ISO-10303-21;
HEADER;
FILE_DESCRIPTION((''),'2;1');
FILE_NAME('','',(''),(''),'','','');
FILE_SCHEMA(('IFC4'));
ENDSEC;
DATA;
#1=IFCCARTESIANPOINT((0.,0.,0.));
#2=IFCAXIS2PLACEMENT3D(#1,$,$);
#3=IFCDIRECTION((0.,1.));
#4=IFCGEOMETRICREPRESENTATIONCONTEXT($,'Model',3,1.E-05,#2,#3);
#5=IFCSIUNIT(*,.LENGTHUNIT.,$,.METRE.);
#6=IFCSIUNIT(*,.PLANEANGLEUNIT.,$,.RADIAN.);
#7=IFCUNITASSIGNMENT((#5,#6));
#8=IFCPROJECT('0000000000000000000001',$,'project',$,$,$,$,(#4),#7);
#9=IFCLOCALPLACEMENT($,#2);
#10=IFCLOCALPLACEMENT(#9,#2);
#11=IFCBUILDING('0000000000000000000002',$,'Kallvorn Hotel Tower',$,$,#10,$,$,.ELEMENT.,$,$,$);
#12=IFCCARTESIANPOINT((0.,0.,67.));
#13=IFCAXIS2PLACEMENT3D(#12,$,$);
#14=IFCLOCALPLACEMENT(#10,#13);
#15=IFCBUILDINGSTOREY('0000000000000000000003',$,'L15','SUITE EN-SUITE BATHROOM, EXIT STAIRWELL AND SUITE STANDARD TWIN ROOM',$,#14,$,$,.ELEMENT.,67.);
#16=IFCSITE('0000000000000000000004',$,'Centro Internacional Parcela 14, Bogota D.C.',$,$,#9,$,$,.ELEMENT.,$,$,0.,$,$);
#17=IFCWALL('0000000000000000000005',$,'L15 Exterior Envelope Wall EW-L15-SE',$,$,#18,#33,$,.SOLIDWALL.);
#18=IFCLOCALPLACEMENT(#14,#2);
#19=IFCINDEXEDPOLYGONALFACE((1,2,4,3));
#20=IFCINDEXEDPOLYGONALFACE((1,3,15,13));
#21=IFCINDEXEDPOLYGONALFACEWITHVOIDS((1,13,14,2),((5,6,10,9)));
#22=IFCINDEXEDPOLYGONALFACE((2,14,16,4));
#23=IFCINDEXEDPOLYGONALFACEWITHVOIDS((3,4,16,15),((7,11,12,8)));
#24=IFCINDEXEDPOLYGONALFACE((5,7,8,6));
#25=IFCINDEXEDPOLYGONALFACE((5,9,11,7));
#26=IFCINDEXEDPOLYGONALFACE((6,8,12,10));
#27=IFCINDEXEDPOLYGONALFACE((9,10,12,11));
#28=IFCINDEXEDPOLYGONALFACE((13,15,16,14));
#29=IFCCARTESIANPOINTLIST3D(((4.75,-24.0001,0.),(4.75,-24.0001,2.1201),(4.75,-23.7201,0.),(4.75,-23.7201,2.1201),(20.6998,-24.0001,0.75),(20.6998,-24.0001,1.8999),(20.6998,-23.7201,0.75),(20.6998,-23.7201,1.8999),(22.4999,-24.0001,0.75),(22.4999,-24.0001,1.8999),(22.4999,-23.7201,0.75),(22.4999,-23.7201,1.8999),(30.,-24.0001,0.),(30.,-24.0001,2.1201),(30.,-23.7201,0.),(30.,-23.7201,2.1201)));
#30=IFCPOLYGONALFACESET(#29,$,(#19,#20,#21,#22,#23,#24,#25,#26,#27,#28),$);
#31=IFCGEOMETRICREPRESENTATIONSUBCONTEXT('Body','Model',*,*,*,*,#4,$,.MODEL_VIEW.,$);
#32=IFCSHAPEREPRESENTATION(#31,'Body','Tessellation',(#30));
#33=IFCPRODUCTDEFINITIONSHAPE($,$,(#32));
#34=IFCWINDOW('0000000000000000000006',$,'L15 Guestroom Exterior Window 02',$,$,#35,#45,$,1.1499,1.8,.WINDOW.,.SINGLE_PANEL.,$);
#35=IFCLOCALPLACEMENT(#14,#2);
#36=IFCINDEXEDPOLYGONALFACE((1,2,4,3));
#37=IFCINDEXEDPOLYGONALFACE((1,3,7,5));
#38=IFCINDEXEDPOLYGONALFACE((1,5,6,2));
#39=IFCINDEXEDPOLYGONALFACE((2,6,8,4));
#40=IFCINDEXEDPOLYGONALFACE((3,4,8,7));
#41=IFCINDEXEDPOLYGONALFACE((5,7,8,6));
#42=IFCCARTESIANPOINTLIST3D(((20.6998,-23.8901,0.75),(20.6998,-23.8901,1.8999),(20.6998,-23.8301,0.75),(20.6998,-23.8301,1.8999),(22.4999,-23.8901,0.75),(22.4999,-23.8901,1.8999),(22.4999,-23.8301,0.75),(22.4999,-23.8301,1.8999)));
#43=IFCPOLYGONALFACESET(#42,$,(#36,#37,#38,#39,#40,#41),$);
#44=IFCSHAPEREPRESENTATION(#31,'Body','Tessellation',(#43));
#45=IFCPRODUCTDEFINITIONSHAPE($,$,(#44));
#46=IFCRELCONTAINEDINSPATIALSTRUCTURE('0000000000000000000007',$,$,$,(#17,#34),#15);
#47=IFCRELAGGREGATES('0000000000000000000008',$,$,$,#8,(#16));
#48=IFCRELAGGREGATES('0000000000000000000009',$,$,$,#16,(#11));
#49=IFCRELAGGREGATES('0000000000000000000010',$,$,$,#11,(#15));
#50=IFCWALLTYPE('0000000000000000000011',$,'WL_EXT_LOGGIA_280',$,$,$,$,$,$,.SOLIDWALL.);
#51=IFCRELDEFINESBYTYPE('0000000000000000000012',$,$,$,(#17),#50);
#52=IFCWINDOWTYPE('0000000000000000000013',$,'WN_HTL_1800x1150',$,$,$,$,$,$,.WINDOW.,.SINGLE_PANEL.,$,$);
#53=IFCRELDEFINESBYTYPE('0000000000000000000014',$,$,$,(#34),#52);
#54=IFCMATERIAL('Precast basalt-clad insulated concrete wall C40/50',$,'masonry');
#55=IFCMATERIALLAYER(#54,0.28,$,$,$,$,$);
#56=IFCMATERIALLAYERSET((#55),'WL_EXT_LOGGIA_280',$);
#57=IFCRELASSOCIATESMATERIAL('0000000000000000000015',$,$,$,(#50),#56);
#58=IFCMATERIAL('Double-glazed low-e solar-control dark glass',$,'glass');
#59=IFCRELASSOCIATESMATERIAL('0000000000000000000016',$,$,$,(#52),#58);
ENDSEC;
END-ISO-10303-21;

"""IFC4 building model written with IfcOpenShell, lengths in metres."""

from ifc_helpers import new_model, si_unit, direction, frame, frame_2d, origin, place, context, subcontext, project, spatial, rectangle, extrude, material, layer, layer_set, type_object, element, fill, save


model = new_model("IFC4")

# Units and contexts
model_context = context("Model", 3, precision=1e-05, world=origin(), true_north=direction((0.0, 1.0)))
body_context = subcontext(model_context, "Body", "Model", "MODEL_VIEW")
ifc_project = project(units=[si_unit("LENGTHUNIT", "METRE"), si_unit("PLANEANGLEUNIT", "RADIAN")], contexts=[model_context])

# Site, building, storey
site_placement = place(None, origin())
site = spatial("IfcSite", under=ifc_project, at=site_placement, Name="Centro Internacional Parcela 14, Bogota D.C.", CompositionType="ELEMENT", RefElevation=0.0)
building_placement = place(site_placement, origin())
building = spatial("IfcBuilding", under=site, at=building_placement, Name="Kallvorn Hotel Tower", CompositionType="ELEMENT")
storey_placement = place(building_placement, frame((0.0, 0.0, 67.0)))
storey = spatial("IfcBuildingStorey", under=building, at=storey_placement, Name="L15", Description="SUITE EN-SUITE BATHROOM, EXIT STAIRWELL AND SUITE STANDARD TWIN ROOM", CompositionType="ELEMENT", Elevation=67.0)

# Wall, opening, window
ifc_material_1 = material(Name="Precast basalt-clad insulated concrete wall C40/50", Category="masonry")
ifc_layer_1 = layer(ifc_material_1, 0.28)
ifc_layer_set_1 = layer_set([ifc_layer_1], Name="WL_EXT_LOGGIA_280")
wall_type_1 = type_object("IfcWallType", Name="WL_EXT_LOGGIA_280", PredefinedType="SOLIDWALL", material=ifc_layer_set_1)
wall_1_placement = place(storey_placement, frame((4.75, -23.8601, 0.0), z_axis=(0.0, 0.0, 1.0), x_axis=(1.0, 0.0, 0.0)))
wall_1 = element("IfcWall", 1, at=wall_1_placement, inside=storey, type_object=wall_type_1, Name="L15 Exterior Envelope Wall EW-L15-SE", PredefinedType="SOLIDWALL", context=body_context, shape_type="SweptSolid", body=[
    extrude(rectangle(XDim=25.25, YDim=0.28, at=frame_2d((12.625, 0.0))), origin(), (0.0, 0.0, 1.0), 2.1201),
])
opening_placement = place(wall_1_placement, frame((15.95, 0.0, 0.75)))
opening = element("IfcOpeningElement", 2, at=opening_placement, cuts=wall_1, PredefinedType="OPENING", context=body_context, shape_type="SweptSolid", body=[
    extrude(rectangle(XDim=1.8, YDim=1.1499, at=frame_2d((0.8999, 0.575))), frame((0.0, 0.155, 0.0), z_axis=(0.0, -1.0, 0.0), x_axis=(1.0, 0.0, 0.0)), (0.0, 0.0, 1.0), 0.3101),
])
ifc_material_2 = material(Name="Double-glazed low-e solar-control dark glass", Category="glass")
window_type = type_object("IfcWindowType", Name="WN_HTL_1800x1150", PartitioningType="SINGLE_PANEL", PredefinedType="WINDOW", material=ifc_material_2)
window_placement = place(opening_placement, origin())
window = element("IfcWindow", 3, at=window_placement, inside=storey, type_object=window_type, Name="L15 Guestroom Exterior Window 02", OverallHeight=1.1499, OverallWidth=1.8, PartitioningType="SINGLE_PANEL", PredefinedType="WINDOW", context=body_context, shape_type="SweptSolid", body=[
    extrude(rectangle(XDim=1.8, YDim=1.1499, at=frame_2d((0.8999, 0.575))), frame((0.0, 0.03, 0.0), z_axis=(0.0, -1.0, 0.0), x_axis=(1.0, 0.0, 0.0)), (0.0, 0.0, 1.0), 0.0601),
])
fill(opening, window)

save(model, "model.ifc")
